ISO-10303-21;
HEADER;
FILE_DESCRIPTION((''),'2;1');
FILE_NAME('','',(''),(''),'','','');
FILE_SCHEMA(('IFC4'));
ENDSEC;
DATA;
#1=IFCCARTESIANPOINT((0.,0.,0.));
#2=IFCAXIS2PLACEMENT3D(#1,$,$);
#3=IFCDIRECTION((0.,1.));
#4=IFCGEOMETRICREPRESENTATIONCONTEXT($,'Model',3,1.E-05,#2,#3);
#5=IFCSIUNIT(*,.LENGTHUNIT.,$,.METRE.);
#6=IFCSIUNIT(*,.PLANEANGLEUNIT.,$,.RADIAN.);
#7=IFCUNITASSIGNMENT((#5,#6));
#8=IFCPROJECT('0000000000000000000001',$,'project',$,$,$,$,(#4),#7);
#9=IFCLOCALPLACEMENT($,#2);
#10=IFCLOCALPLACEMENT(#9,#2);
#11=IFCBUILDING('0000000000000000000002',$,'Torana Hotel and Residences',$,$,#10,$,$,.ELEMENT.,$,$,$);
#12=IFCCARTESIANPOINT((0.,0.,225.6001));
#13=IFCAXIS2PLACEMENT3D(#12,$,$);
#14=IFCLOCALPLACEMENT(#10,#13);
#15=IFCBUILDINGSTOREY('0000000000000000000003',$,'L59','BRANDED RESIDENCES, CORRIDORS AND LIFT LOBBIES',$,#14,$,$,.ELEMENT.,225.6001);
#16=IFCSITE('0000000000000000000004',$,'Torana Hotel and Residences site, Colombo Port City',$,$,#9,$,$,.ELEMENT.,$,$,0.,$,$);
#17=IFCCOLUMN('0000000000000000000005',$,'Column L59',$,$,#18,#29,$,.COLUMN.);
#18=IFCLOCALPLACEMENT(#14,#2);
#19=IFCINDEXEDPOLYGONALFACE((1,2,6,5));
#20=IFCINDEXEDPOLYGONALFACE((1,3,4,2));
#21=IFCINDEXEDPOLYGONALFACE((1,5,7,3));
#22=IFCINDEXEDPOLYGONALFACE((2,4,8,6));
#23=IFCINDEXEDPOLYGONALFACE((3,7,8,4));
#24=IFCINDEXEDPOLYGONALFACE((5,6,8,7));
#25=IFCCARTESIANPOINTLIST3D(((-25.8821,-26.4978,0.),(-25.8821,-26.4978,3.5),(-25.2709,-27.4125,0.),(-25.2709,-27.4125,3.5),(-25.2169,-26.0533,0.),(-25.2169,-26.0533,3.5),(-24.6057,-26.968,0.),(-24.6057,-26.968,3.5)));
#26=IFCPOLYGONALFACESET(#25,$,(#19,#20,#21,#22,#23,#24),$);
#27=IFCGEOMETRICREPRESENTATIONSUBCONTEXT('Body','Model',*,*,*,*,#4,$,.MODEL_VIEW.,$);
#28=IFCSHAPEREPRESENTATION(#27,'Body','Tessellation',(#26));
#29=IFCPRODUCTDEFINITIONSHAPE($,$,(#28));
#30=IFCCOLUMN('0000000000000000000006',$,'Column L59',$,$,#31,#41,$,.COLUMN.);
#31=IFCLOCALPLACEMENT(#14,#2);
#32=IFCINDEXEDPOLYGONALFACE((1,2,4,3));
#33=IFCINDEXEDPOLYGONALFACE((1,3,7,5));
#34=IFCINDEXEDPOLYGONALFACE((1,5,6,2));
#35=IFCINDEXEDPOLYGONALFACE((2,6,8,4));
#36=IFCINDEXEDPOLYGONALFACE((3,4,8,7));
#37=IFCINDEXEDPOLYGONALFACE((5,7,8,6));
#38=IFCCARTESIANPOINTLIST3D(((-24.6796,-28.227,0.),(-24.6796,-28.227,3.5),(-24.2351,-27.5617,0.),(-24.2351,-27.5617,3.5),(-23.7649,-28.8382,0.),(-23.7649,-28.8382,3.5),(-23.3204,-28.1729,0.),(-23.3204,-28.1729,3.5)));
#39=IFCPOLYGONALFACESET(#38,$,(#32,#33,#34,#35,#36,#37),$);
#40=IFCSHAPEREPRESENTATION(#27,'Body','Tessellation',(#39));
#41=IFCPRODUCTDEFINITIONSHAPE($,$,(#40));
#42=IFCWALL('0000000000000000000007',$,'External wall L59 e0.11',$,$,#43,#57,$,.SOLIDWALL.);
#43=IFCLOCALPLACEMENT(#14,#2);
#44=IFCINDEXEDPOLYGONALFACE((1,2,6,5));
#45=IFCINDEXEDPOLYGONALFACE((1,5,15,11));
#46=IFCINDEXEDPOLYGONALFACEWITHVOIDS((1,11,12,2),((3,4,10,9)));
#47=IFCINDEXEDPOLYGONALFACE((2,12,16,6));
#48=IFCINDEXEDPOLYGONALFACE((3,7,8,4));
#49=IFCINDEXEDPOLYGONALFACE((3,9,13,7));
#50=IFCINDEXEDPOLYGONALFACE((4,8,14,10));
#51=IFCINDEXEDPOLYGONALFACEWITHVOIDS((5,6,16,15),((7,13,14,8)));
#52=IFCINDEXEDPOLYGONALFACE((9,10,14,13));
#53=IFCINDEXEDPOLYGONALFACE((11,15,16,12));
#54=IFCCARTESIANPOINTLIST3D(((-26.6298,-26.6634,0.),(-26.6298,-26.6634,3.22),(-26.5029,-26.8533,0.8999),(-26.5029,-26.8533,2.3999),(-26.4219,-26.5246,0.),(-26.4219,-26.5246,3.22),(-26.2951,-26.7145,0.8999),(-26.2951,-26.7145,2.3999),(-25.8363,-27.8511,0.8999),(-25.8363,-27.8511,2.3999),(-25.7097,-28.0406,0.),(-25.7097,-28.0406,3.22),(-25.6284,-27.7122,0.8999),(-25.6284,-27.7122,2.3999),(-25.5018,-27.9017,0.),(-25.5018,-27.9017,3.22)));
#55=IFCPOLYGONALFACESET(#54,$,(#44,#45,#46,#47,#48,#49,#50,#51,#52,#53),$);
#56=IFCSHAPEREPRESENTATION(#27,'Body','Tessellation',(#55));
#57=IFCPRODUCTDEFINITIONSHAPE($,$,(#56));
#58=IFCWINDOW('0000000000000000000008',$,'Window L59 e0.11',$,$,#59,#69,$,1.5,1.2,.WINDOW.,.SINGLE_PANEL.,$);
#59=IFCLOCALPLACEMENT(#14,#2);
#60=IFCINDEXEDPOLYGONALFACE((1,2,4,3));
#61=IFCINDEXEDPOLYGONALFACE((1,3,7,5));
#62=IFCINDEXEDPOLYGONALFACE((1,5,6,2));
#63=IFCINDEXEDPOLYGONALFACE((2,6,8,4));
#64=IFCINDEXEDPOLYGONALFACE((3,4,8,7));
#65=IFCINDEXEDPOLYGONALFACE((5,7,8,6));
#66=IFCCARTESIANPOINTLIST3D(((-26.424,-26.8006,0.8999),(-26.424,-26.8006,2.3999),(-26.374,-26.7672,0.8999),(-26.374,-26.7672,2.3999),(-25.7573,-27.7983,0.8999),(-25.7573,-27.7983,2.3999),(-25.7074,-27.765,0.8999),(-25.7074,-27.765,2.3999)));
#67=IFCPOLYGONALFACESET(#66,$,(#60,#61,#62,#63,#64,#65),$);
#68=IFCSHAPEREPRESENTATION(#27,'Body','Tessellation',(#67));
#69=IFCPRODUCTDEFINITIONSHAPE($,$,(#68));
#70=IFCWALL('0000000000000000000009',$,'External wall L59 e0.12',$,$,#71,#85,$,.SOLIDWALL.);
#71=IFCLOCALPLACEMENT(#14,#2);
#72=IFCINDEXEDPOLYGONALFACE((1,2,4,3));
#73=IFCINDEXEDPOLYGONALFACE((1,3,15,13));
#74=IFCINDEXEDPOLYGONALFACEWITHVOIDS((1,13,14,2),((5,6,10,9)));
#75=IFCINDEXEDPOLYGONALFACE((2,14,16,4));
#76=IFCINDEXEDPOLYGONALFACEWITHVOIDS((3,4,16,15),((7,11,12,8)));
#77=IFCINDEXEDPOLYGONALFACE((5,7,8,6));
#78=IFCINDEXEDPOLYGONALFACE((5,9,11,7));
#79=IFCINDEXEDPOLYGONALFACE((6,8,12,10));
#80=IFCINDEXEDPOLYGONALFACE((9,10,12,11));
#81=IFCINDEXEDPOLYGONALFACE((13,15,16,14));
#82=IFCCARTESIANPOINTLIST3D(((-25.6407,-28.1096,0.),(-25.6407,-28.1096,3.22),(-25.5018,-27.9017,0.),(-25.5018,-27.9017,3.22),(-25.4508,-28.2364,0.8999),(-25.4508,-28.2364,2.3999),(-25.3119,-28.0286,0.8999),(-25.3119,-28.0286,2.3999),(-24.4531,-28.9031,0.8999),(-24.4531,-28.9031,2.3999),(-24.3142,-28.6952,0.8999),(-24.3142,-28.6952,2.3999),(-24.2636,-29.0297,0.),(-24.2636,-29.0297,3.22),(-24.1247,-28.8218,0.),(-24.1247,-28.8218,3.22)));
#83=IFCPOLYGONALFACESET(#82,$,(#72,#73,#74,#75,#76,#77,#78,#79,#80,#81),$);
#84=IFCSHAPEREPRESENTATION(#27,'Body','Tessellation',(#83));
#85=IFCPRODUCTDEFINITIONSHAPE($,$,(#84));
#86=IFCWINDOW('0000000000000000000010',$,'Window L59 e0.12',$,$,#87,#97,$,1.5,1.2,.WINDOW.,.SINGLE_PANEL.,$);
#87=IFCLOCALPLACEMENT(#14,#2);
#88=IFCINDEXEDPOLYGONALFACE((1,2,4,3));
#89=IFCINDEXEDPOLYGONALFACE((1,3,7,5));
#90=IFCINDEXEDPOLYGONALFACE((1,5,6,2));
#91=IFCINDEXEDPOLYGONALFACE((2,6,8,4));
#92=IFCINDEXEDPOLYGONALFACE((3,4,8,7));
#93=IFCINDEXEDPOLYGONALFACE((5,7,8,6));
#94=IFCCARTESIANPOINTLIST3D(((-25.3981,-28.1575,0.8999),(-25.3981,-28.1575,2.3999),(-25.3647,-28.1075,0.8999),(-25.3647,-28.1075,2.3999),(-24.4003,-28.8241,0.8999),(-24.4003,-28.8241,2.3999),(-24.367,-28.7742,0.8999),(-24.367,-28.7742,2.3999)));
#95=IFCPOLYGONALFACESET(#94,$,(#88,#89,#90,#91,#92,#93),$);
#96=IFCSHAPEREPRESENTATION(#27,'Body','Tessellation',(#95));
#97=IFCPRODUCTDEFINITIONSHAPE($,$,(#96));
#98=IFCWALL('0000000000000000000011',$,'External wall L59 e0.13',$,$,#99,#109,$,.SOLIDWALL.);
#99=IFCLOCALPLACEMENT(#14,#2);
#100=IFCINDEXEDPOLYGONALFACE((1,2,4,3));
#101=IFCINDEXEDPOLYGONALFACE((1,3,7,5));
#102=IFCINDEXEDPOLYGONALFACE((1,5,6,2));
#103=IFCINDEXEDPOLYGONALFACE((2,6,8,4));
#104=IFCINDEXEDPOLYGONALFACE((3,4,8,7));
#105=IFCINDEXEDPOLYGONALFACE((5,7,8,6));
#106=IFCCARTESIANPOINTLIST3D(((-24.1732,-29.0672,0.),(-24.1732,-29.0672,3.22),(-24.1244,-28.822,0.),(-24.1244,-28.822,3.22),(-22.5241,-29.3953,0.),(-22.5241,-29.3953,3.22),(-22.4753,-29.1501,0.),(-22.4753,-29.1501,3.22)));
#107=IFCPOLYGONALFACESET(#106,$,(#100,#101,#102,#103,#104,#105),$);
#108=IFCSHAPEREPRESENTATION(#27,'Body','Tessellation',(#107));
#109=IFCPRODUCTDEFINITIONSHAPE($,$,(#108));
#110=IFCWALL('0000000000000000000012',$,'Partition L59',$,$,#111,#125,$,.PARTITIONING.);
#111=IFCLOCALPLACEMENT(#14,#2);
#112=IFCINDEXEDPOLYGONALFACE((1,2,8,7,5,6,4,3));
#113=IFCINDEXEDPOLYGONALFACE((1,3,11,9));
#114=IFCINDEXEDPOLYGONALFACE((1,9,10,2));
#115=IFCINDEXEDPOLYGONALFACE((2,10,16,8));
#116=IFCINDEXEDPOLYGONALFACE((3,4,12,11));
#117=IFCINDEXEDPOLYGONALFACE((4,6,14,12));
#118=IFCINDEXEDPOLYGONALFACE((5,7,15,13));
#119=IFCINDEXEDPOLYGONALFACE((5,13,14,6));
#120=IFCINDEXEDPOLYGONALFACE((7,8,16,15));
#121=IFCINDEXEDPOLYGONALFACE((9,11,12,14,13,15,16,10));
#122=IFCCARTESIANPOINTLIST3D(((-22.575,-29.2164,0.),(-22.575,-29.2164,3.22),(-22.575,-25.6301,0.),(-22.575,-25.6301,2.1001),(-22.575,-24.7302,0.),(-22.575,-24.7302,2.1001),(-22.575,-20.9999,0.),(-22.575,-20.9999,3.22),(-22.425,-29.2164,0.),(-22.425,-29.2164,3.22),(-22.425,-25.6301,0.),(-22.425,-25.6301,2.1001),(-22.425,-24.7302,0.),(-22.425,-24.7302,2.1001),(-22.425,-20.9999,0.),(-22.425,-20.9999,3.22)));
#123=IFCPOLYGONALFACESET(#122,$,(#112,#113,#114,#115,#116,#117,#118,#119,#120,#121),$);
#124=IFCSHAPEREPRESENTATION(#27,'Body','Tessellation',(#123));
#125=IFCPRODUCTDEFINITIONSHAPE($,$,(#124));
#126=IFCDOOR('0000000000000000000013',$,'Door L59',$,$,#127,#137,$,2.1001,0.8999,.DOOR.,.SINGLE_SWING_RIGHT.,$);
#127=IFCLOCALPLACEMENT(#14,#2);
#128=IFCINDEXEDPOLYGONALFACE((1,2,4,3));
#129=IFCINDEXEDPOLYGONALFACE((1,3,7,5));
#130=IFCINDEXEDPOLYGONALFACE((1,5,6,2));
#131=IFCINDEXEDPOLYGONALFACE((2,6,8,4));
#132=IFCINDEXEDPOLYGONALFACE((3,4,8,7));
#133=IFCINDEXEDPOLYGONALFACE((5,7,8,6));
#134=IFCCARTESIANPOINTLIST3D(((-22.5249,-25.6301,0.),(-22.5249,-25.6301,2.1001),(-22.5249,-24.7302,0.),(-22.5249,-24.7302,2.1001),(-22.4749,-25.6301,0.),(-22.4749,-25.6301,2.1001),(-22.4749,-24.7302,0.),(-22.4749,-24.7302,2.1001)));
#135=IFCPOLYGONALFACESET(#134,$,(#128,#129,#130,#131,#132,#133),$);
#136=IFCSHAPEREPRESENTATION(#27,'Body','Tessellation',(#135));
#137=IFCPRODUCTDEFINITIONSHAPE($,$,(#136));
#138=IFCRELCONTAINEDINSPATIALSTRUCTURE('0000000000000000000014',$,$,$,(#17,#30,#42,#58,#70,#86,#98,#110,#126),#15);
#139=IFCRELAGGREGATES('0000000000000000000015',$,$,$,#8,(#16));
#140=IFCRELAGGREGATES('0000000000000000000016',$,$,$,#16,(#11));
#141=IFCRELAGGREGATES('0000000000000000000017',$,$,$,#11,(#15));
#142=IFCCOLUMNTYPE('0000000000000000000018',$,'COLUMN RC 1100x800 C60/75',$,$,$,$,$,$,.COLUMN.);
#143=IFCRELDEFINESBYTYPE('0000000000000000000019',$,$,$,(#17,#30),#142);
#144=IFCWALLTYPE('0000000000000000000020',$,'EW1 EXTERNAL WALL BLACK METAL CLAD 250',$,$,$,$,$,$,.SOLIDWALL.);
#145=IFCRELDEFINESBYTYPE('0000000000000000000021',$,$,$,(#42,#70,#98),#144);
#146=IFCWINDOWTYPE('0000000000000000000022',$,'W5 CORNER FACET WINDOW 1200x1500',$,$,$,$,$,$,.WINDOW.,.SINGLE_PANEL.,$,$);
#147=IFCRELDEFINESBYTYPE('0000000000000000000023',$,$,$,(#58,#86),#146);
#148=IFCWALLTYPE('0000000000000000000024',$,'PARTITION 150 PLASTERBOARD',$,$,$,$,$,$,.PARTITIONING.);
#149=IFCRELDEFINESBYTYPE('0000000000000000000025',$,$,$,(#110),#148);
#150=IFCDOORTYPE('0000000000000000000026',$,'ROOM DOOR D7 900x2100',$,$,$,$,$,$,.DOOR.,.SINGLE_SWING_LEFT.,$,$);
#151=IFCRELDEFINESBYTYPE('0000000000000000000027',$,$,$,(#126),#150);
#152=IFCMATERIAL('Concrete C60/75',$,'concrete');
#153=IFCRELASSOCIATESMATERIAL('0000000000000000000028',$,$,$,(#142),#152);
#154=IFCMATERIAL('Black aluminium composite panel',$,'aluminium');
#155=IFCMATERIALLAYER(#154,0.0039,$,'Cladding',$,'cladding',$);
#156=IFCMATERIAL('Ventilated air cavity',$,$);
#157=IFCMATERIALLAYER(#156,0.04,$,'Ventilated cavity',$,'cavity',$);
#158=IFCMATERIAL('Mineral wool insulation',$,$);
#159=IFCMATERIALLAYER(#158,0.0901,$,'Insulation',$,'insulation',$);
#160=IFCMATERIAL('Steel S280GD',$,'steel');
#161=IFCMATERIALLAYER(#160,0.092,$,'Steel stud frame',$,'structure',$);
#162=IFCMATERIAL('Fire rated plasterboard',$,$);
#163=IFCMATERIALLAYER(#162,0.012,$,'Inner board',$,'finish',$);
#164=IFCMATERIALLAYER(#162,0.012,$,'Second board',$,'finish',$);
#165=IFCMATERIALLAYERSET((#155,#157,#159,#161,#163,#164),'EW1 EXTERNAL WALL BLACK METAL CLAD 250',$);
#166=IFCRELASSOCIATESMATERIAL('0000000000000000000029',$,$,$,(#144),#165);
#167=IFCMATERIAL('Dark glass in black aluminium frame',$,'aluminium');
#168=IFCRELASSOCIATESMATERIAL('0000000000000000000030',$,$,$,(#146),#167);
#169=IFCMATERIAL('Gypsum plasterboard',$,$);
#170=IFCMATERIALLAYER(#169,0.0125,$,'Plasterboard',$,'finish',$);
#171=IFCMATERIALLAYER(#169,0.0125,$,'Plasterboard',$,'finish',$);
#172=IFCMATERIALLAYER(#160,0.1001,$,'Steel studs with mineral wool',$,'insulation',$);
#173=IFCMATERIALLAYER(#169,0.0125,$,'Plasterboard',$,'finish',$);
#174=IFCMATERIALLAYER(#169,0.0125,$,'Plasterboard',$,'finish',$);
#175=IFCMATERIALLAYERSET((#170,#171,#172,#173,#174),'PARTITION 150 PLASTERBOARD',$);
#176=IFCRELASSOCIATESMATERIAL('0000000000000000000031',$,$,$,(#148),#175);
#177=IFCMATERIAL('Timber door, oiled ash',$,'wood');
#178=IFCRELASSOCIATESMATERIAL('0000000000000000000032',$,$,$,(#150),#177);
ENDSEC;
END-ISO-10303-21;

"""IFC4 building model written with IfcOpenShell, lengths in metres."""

from ifc_helpers import new_model, si_unit, direction, frame, frame_2d, origin, origin_2d, place, context, subcontext, project, spatial, rectangle, extrude, material, layer, layer_set, material_profile, profile_set, type_object, element, fill, save


model = new_model("IFC4")

# Units and contexts
model_context = context("Model", 3, precision=1e-05, world=origin(), true_north=direction((0.0, 1.0)))
body_context = subcontext(model_context, "Body", "Model", "MODEL_VIEW")
ifc_project = project(units=[si_unit("LENGTHUNIT", "METRE"), si_unit("PLANEANGLEUNIT", "RADIAN")], contexts=[model_context])

# Site, building, storey
site_placement = place(None, origin())
site = spatial("IfcSite", under=ifc_project, at=site_placement, Name="Torana Hotel and Residences site, Colombo Port City", CompositionType="ELEMENT", RefElevation=0.0)
building_placement = place(site_placement, origin())
building = spatial("IfcBuilding", under=site, at=building_placement, Name="Torana Hotel and Residences", CompositionType="ELEMENT")
storey_placement = place(building_placement, frame((0.0, 0.0, 225.6001)))
storey = spatial("IfcBuildingStorey", under=building, at=storey_placement, Name="L59", Description="BRANDED RESIDENCES, CORRIDORS AND LIFT LOBBIES", CompositionType="ELEMENT", Elevation=225.6001)

# Columns
ifc_material_1 = material(Name="Concrete C60/75", Category="concrete")
ifc_material_profile = material_profile(ifc_material_1, rectangle(XDim=1.1001, YDim=0.8, at=origin_2d()), Name="RC 1100x800")
ifc_profile_set = profile_set([ifc_material_profile], Name="Concrete C60/75")
column_type = type_object("IfcColumnType", Name="COLUMN RC 1100x800 C60/75", PredefinedType="COLUMN", material=ifc_profile_set)
for number, where, z_axis, x_axis, name in (
    (1, (-25.2439, -26.7329, 0.0), (0.0, 0.0, 1.0), (-0.555585, 0.83146, 0.0), "Column L59"),
    (2, (-24.0, -28.2, 0.0), (0.0, 0.0, 1.0), (-0.83146, 0.555585, 0.0), "Column L59"),
):
    element("IfcColumn", number, at=place(storey_placement, frame(where, z_axis=z_axis, x_axis=x_axis)), inside=storey, type_object=column_type, Name=name, PredefinedType="COLUMN", context=body_context, shape_type="SweptSolid", body=[
        extrude(rectangle(XDim=1.1001, YDim=0.8, at=origin_2d()), origin(), (0.0, 0.0, 1.0), 3.5),
    ])

# Walls, openings, windows
ifc_material_2 = material(Name="Black aluminium composite panel", Category="aluminium")
ifc_layer_1 = layer(ifc_material_2, 0.0039, Name="Cladding", Category="cladding")
ifc_material_3 = material(Name="Ventilated air cavity")
ifc_layer_2 = layer(ifc_material_3, 0.04, Name="Ventilated cavity", Category="cavity")
ifc_material_4 = material(Name="Mineral wool insulation")
ifc_layer_3 = layer(ifc_material_4, 0.0901, Name="Insulation", Category="insulation")
ifc_material_5 = material(Name="Steel S280GD", Category="steel")
ifc_layer_4 = layer(ifc_material_5, 0.092, Name="Steel stud frame", Category="structure")
ifc_material_6 = material(Name="Fire rated plasterboard")
ifc_layer_5 = layer(ifc_material_6, 0.012, Name="Inner board", Category="finish")
ifc_layer_6 = layer(ifc_material_6, 0.012, Name="Second board", Category="finish")
ifc_layer_set_1 = layer_set([ifc_layer_1, ifc_layer_2, ifc_layer_3, ifc_layer_4, ifc_layer_5, ifc_layer_6], Name="EW1 EXTERNAL WALL BLACK METAL CLAD 250")
wall_type_1 = type_object("IfcWallType", Name="EW1 EXTERNAL WALL BLACK METAL CLAD 250", PredefinedType="SOLIDWALL", material=ifc_layer_set_1)
wall_1_placement = place(storey_placement, frame((-26.5259, -26.594, 0.0), z_axis=(0.0, 0.0, 1.0), x_axis=(0.55555, -0.831483, 0.0)))
wall_1 = element("IfcWall", 3, at=wall_1_placement, inside=storey, type_object=wall_type_1, Name="External wall L59 e0.11", PredefinedType="SOLIDWALL", context=body_context, shape_type="SweptSolid", body=[
    extrude(rectangle(XDim=1.6562, YDim=0.25, at=frame_2d((0.8281, 0.0))), origin(), (0.0, 0.0, 1.0), 3.22),
])
opening_1_placement = place(wall_1_placement, frame((0.2283, 0.0, 0.8999)))
opening_1 = element("IfcOpeningElement", 4, at=opening_1_placement, cuts=wall_1, PredefinedType="OPENING", context=body_context, shape_type="SweptSolid", body=[
    extrude(rectangle(XDim=1.2, YDim=1.5, at=frame_2d((0.6001, 0.75))), frame((0.0, 0.135, 0.0), z_axis=(0.0, -1.0, 0.0), x_axis=(1.0, 0.0, 0.0)), (0.0, 0.0, 1.0), 0.27),
])
ifc_material_7 = material(Name="Dark glass in black aluminium frame", Category="aluminium")
window_type_1 = type_object("IfcWindowType", Name="W5 CORNER FACET WINDOW 1200x1500", PartitioningType="SINGLE_PANEL", PredefinedType="WINDOW", material=ifc_material_7)
window_1_placement = place(opening_1_placement, origin())
window_1 = element("IfcWindow", 5, at=window_1_placement, inside=storey, type_object=window_type_1, Name="Window L59 e0.11", OverallHeight=1.5, OverallWidth=1.2, PartitioningType="SINGLE_PANEL", PredefinedType="WINDOW", context=body_context, shape_type="SweptSolid", body=[
    extrude(rectangle(XDim=1.2, YDim=1.5, at=frame_2d((0.6001, 0.75))), frame((0.0, 0.03, 0.0), z_axis=(0.0, -1.0, 0.0), x_axis=(1.0, 0.0, 0.0)), (0.0, 0.0, 1.0), 0.0601),
])
fill(opening_1, window_1)
wall_2_placement = place(storey_placement, frame((-25.5713, -28.0056, 0.0), z_axis=(0.0, 0.0, 1.0), x_axis=(0.831483, -0.55555, 0.0)))
wall_2 = element("IfcWall", 6, at=wall_2_placement, inside=storey, type_object=wall_type_1, Name="External wall L59 e0.12", PredefinedType="SOLIDWALL", context=body_context, shape_type="SweptSolid", body=[
    extrude(rectangle(XDim=1.6562, YDim=0.25, at=frame_2d((0.8281, 0.0))), origin(), (0.0, 0.0, 1.0), 3.22),
])
opening_2_placement = place(wall_2_placement, frame((0.2283, 0.0, 0.8999)))
opening_2 = element("IfcOpeningElement", 7, at=opening_2_placement, cuts=wall_2, PredefinedType="OPENING", context=body_context, shape_type="SweptSolid", body=[
    extrude(rectangle(XDim=1.2, YDim=1.5, at=frame_2d((0.6001, 0.75))), frame((0.0, 0.135, 0.0), z_axis=(0.0, -1.0, 0.0), x_axis=(1.0, 0.0, 0.0)), (0.0, 0.0, 1.0), 0.27),
])
window_2_placement = place(opening_2_placement, origin())
window_2 = element("IfcWindow", 8, at=window_2_placement, inside=storey, type_object=window_type_1, Name="Window L59 e0.12", OverallHeight=1.5, OverallWidth=1.2, PartitioningType="SINGLE_PANEL", PredefinedType="WINDOW", context=body_context, shape_type="SweptSolid", body=[
    extrude(rectangle(XDim=1.2, YDim=1.5, at=frame_2d((0.6001, 0.75))), frame((0.0, 0.03, 0.0), z_axis=(0.0, -1.0, 0.0), x_axis=(1.0, 0.0, 0.0)), (0.0, 0.0, 1.0), 0.0601),
])
fill(opening_2, window_2)

# Wall
wall_3_placement = place(storey_placement, frame((-24.1489, -28.9446, 0.0), z_axis=(0.0, 0.0, 1.0), x_axis=(0.980776, -0.195139, 0.0)))
element("IfcWall", 9, at=wall_3_placement, inside=storey, type_object=wall_type_1, Name="External wall L59 e0.13", PredefinedType="SOLIDWALL", context=body_context, shape_type="SweptSolid", body=[
    extrude(rectangle(XDim=1.6814, YDim=0.25, at=frame_2d((0.8408, 0.0))), origin(), (0.0, 0.0, 1.0), 3.22),
])

# Wall, opening, door
ifc_material_8 = material(Name="Gypsum plasterboard")
ifc_layer_7 = layer(ifc_material_8, 0.0125, Name="Plasterboard", Category="finish")
ifc_layer_8 = layer(ifc_material_8, 0.0125, Name="Plasterboard", Category="finish")
ifc_layer_9 = layer(ifc_material_5, 0.1001, Name="Steel studs with mineral wool", Category="insulation")
ifc_layer_10 = layer(ifc_material_8, 0.0125, Name="Plasterboard", Category="finish")
ifc_layer_11 = layer(ifc_material_8, 0.0125, Name="Plasterboard", Category="finish")
ifc_layer_set_2 = layer_set([ifc_layer_7, ifc_layer_8, ifc_layer_9, ifc_layer_10, ifc_layer_11], Name="PARTITION 150 PLASTERBOARD")
wall_type_2 = type_object("IfcWallType", Name="PARTITION 150 PLASTERBOARD", PredefinedType="PARTITIONING", material=ifc_layer_set_2)
wall_4_placement = place(storey_placement, frame((-22.5, -29.2166, 0.0), z_axis=(0.0, 0.0, 1.0), x_axis=(0.0, 1.0, 0.0)))
wall_4 = element("IfcWall", 10, at=wall_4_placement, inside=storey, type_object=wall_type_2, Name="Partition L59", PredefinedType="PARTITIONING", context=body_context, shape_type="SweptSolid", body=[
    extrude(rectangle(XDim=8.2166, YDim=0.1499, at=frame_2d((4.1084, 0.0))), origin(), (0.0, 0.0, 1.0), 3.22),
])
opening_3_placement = place(wall_4_placement, frame((3.5864, 0.0, 0.0)))
opening_3 = element("IfcOpeningElement", 11, at=opening_3_placement, cuts=wall_4, PredefinedType="OPENING", context=body_context, shape_type="SweptSolid", body=[
    extrude(rectangle(XDim=0.8999, YDim=2.1001, at=frame_2d((0.45, 1.05))), frame((0.0, 0.085, 0.0), z_axis=(0.0, -1.0, 0.0), x_axis=(1.0, 0.0, 0.0)), (0.0, 0.0, 1.0), 0.1699),
])
ifc_material_9 = material(Name="Timber door, oiled ash", Category="wood")
door_type_1 = type_object("IfcDoorType", Name="ROOM DOOR D7 900x2100", OperationType="SINGLE_SWING_LEFT", PredefinedType="DOOR", material=ifc_material_9)
door_1_placement = place(opening_3_placement, origin())
door_1 = element("IfcDoor", 12, at=door_1_placement, inside=storey, type_object=door_type_1, Name="Door L59", OperationType="SINGLE_SWING_RIGHT", OverallHeight=2.1001, OverallWidth=0.8999, PredefinedType="DOOR", context=body_context, shape_type="SweptSolid", body=[
    extrude(rectangle(XDim=0.8999, YDim=2.1001, at=frame_2d((0.45, 1.05))), frame((0.0, 0.0249, 0.0), z_axis=(0.0, -1.0, 0.0), x_axis=(1.0, 0.0, 0.0)), (0.0, 0.0, 1.0), 0.05),
])
fill(opening_3, door_1)

save(model, "model.ifc")
